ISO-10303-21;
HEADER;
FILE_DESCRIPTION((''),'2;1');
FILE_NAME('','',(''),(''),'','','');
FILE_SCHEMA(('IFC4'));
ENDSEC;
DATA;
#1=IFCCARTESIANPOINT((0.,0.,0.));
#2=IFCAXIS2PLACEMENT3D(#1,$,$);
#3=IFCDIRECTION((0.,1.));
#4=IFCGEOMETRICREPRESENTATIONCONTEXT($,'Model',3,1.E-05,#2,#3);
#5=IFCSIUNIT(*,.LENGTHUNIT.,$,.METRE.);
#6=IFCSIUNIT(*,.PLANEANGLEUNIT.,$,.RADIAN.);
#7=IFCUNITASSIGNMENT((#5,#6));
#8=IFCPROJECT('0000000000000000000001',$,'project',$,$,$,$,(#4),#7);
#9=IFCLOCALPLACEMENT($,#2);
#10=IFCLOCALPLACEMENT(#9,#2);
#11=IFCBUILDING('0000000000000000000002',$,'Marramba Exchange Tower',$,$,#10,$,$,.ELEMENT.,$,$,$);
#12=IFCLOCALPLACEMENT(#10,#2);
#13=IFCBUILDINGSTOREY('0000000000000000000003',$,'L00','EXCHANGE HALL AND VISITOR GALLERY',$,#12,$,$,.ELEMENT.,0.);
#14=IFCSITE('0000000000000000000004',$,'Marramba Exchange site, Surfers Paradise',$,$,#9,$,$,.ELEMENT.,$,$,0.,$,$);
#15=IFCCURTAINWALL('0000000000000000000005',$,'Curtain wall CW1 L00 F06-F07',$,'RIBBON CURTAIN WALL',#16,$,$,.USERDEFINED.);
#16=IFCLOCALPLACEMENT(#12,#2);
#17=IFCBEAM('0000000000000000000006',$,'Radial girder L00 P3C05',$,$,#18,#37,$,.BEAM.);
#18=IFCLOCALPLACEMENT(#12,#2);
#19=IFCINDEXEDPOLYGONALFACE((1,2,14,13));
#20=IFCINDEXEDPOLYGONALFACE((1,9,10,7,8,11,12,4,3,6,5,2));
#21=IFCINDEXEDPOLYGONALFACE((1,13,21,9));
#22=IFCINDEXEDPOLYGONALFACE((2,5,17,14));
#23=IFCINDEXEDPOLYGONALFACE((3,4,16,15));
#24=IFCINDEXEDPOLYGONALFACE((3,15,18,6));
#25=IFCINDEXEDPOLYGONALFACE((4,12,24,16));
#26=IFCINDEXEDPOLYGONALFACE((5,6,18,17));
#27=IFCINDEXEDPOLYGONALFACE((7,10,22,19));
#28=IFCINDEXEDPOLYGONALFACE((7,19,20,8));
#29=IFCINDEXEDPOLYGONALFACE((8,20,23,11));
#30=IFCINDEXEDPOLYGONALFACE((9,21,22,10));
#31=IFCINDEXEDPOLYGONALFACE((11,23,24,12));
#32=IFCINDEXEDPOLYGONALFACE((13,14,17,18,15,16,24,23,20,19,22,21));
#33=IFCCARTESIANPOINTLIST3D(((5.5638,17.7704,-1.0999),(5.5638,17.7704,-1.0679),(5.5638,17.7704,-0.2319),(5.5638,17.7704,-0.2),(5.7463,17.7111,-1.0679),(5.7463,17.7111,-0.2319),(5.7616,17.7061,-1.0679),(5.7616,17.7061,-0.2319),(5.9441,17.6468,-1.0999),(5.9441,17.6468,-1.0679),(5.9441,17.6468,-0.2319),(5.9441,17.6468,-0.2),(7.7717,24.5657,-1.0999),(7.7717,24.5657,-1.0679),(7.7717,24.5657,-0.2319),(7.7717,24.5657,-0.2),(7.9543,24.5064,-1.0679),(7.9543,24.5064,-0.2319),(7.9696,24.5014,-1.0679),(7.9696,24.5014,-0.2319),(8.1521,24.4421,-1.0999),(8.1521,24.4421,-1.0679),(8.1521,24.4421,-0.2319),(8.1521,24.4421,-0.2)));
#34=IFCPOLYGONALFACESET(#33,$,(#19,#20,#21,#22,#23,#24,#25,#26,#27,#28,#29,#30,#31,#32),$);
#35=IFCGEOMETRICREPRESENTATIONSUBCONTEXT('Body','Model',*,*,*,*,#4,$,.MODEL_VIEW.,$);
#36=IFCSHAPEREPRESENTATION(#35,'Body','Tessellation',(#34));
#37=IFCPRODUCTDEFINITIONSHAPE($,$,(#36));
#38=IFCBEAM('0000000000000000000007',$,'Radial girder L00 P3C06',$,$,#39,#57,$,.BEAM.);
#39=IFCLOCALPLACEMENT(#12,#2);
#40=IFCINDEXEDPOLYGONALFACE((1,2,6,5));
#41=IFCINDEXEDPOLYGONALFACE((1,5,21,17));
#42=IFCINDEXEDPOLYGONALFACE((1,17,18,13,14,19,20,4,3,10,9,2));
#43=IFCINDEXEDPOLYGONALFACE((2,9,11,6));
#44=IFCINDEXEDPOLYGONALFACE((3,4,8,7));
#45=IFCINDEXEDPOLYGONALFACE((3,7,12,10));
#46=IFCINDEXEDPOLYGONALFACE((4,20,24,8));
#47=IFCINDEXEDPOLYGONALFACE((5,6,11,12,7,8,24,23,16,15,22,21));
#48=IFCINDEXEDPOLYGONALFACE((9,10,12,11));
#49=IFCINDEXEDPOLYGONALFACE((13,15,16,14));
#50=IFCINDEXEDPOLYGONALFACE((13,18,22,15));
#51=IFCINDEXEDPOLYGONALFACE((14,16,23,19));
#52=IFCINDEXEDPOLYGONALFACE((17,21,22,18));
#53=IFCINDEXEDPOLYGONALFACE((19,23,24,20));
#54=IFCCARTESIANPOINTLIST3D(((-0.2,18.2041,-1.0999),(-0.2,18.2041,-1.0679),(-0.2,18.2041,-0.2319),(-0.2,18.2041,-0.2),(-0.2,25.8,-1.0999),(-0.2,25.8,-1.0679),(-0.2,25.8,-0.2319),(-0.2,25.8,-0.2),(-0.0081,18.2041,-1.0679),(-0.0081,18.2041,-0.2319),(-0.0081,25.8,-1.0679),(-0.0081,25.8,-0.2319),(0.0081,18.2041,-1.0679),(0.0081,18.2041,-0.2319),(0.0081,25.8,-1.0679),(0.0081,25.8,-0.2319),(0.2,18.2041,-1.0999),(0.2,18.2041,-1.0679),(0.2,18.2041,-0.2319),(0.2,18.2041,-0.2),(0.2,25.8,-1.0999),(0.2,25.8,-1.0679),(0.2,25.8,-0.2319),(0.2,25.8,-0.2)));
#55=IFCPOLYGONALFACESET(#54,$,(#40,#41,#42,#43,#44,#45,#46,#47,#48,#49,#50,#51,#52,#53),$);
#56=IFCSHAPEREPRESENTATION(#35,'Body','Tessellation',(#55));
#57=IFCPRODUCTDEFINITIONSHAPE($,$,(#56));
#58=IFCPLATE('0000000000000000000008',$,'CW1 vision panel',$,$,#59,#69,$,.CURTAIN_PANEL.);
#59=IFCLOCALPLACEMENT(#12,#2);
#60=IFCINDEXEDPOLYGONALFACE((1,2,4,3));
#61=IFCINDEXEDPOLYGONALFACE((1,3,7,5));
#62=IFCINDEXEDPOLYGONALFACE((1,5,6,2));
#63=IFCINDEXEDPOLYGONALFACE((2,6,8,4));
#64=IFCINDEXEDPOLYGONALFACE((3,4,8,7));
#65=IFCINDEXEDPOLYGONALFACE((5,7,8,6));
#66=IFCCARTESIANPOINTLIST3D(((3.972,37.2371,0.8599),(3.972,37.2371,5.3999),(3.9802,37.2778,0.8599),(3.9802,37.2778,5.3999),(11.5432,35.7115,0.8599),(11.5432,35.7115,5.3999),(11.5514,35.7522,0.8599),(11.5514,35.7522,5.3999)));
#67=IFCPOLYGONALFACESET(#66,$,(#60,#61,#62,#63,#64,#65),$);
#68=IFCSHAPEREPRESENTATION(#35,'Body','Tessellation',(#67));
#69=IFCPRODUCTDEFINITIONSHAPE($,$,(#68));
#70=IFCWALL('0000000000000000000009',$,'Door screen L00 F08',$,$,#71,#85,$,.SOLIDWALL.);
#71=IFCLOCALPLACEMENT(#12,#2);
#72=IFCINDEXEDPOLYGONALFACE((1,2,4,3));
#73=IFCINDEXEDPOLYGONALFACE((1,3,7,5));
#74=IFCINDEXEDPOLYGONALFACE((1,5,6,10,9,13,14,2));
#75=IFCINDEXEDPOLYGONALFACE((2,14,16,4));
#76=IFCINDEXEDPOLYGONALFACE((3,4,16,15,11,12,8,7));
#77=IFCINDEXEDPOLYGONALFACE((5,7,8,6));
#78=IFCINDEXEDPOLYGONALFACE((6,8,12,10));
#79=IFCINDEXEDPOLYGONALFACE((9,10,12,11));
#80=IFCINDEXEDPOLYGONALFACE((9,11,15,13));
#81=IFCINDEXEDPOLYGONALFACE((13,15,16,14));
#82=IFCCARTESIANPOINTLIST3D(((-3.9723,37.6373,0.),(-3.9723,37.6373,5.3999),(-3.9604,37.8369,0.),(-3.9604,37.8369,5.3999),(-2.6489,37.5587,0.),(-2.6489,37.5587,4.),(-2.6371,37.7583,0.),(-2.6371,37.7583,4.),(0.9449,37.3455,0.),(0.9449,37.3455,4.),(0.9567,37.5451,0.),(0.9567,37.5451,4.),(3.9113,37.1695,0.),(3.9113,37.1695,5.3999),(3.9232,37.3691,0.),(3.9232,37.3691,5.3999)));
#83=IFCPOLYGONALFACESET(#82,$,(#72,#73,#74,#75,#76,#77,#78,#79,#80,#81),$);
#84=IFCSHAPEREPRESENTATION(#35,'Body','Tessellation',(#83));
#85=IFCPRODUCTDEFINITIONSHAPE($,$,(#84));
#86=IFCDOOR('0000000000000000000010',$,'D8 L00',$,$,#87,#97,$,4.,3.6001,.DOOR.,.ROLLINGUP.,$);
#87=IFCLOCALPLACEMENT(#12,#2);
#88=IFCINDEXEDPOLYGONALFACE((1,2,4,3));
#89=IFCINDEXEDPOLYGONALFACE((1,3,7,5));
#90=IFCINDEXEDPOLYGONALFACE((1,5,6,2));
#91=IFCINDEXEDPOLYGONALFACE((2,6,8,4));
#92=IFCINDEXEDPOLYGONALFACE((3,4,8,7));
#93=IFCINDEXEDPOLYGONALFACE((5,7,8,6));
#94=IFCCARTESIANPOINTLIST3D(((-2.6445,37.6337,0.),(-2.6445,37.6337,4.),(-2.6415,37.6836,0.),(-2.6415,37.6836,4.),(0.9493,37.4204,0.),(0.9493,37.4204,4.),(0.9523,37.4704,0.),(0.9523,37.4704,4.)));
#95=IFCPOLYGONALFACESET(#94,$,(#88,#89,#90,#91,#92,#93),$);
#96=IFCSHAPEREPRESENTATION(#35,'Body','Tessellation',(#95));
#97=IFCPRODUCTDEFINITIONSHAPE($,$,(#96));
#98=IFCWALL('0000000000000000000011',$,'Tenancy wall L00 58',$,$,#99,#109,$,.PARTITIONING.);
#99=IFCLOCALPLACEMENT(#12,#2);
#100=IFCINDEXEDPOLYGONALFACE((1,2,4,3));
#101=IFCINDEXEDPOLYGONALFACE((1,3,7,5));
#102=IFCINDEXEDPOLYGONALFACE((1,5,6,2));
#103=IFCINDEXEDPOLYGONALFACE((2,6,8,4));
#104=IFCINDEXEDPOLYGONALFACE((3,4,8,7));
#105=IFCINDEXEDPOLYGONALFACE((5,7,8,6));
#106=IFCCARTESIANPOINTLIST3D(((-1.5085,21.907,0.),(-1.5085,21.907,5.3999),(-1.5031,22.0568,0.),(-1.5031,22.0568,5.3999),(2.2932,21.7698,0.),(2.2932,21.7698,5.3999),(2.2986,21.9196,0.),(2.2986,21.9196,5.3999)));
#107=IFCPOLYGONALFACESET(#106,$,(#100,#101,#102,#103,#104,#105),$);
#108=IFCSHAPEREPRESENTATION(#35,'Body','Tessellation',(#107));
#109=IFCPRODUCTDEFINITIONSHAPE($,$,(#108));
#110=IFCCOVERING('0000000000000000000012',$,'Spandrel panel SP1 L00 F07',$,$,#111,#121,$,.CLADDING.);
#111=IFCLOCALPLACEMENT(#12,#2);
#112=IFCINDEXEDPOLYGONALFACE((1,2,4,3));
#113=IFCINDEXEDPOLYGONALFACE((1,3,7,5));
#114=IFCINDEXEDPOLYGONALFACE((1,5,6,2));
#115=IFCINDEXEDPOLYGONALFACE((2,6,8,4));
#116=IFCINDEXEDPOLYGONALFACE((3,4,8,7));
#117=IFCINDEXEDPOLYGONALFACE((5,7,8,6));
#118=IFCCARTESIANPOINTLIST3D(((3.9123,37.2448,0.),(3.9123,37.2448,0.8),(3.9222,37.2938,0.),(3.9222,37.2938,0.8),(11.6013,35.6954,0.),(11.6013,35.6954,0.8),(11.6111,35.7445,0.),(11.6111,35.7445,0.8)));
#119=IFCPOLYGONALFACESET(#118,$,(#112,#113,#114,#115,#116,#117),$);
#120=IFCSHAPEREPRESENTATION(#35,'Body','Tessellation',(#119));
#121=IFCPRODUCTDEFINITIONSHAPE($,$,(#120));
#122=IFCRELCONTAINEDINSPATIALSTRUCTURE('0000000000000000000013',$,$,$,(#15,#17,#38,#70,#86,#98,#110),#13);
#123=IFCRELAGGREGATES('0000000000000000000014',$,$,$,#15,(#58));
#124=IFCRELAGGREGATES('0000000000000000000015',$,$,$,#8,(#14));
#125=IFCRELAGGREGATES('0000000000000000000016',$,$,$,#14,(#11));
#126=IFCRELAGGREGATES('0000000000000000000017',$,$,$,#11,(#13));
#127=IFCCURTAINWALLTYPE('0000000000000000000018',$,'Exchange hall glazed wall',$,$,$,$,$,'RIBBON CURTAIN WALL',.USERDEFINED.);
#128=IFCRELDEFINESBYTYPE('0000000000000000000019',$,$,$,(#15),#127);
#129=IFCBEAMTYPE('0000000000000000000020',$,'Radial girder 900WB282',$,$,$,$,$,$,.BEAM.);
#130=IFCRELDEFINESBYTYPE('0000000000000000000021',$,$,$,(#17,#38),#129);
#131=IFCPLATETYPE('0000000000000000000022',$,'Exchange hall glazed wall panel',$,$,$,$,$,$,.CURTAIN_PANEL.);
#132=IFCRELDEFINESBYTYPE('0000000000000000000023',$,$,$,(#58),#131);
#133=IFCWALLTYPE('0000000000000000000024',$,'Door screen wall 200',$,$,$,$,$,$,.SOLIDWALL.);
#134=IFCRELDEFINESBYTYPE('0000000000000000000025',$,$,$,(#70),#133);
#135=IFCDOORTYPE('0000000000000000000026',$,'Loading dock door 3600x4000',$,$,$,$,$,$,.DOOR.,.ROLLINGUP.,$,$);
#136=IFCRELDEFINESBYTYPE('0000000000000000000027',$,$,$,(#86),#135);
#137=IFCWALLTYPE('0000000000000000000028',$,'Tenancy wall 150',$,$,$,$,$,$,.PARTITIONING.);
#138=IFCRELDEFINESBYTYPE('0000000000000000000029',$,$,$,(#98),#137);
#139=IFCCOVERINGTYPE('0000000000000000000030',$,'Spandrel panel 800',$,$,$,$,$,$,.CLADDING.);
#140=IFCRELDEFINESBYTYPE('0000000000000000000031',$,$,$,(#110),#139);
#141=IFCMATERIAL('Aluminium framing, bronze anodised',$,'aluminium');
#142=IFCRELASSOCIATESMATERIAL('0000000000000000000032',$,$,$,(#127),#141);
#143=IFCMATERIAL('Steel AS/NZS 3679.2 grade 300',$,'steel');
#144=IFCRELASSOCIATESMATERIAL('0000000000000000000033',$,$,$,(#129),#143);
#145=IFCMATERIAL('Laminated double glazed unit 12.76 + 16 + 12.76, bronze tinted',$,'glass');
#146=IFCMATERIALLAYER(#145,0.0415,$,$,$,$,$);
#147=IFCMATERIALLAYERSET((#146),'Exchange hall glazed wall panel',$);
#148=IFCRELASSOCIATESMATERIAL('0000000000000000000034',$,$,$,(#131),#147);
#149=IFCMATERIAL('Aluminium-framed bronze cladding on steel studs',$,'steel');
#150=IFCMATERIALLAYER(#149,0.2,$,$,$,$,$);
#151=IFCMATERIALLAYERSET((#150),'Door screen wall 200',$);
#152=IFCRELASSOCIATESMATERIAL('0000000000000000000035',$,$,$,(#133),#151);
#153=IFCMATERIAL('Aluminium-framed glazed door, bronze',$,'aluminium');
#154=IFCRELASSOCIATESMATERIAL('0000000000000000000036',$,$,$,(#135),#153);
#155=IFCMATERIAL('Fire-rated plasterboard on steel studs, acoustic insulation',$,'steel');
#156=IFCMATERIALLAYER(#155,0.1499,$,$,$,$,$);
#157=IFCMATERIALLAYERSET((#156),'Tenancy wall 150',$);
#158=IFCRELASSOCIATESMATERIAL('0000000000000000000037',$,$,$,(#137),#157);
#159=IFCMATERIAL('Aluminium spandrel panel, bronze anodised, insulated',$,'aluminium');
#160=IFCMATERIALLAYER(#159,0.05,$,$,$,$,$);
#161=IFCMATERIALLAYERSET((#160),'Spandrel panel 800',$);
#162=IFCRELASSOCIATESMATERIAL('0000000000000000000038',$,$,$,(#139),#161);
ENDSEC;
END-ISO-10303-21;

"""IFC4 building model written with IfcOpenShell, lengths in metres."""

from ifc_helpers import new_model, si_unit, direction, frame, frame_2d, origin, origin_2d, place, context, subcontext, project, spatial, rectangle, i_section, extrude, material, layer, layer_set, material_profile, profile_set, type_object, element, fill, aggregate, save


model = new_model("IFC4")

# Units and contexts
model_context = context("Model", 3, precision=1e-05, world=origin(), true_north=direction((0.0, 1.0)))
body_context = subcontext(model_context, "Body", "Model", "MODEL_VIEW")
ifc_project = project(units=[si_unit("LENGTHUNIT", "METRE"), si_unit("PLANEANGLEUNIT", "RADIAN")], contexts=[model_context])

# Site, building, storey
site_placement = place(None, origin())
site = spatial("IfcSite", under=ifc_project, at=site_placement, Name="Marramba Exchange site, Surfers Paradise", CompositionType="ELEMENT", RefElevation=0.0)
building_placement = place(site_placement, origin())
building = spatial("IfcBuilding", under=site, at=building_placement, Name="Marramba Exchange Tower", CompositionType="ELEMENT")
storey_placement = place(building_placement, origin())
storey = spatial("IfcBuildingStorey", under=building, at=storey_placement, Name="L00", Description="EXCHANGE HALL AND VISITOR GALLERY", CompositionType="ELEMENT", Elevation=0.0)

# Curtain wall
ifc_material_1 = material(Name="Aluminium framing, bronze anodised", Category="aluminium")
curtain_wall_type = type_object("IfcCurtainWallType", Name="Exchange hall glazed wall", ElementType="RIBBON CURTAIN WALL", PredefinedType="USERDEFINED", material=ifc_material_1)
curtain_wall_placement = place(storey_placement, origin())
curtain_wall = element("IfcCurtainWall", 1, at=curtain_wall_placement, inside=storey, type_object=curtain_wall_type, Name="Curtain wall CW1 L00 F06-F07", ObjectType="RIBBON CURTAIN WALL", PredefinedType="USERDEFINED")

# Beams
ifc_material_2 = material(Name="Steel AS/NZS 3679.2 grade 300", Category="steel")
ifc_material_profile_1 = material_profile(ifc_material_2, i_section(OverallWidth=0.3999, OverallDepth=0.8999, WebThickness=0.0161, FlangeThickness=0.032, at=origin_2d()), Name="900WB282")
ifc_profile_set_1 = profile_set([ifc_material_profile_1], Name="Steel AS/NZS 3679.2 grade 300")
beam_type_1 = type_object("IfcBeamType", Name="Radial girder 900WB282", PredefinedType="BEAM", material=ifc_profile_set_1)
beam_1_placement = place(storey_placement, frame((7.9619, 24.5039, -0.6499), z_axis=(-0.309023, -0.951055, 0.0), x_axis=(0.951055, -0.309023, 0.0)))
element("IfcBeam", 2, at=beam_1_placement, inside=storey, type_object=beam_type_1, Name="Radial girder L00 P3C05", PredefinedType="BEAM", context=body_context, shape_type="SweptSolid", body=[
    extrude(i_section(OverallWidth=0.3999, OverallDepth=0.8999, WebThickness=0.0161, FlangeThickness=0.032, at=origin_2d()), origin(), (0.0, 0.0, 1.0), 7.145),
])
beam_2_placement = place(storey_placement, frame((0.0, 25.8, -0.6499), z_axis=(0.0, -1.0, 0.0), x_axis=(1.0, 0.0, 0.0)))
element("IfcBeam", 3, at=beam_2_placement, inside=storey, type_object=beam_type_1, Name="Radial girder L00 P3C06", PredefinedType="BEAM", context=body_context, shape_type="SweptSolid", body=[
    extrude(i_section(OverallWidth=0.3999, OverallDepth=0.8999, WebThickness=0.0161, FlangeThickness=0.032, at=origin_2d()), origin(), (0.0, 0.0, 1.0), 7.5959),
])

# Plate
ifc_material_3 = material(Name="Laminated double glazed unit 12.76 + 16 + 12.76, bronze tinted", Category="glass")
ifc_layer_1 = layer(ifc_material_3, 0.0415)
ifc_layer_set_1 = layer_set([ifc_layer_1], Name="Exchange hall glazed wall panel")
plate_type = type_object("IfcPlateType", Name="Exchange hall glazed wall panel", PredefinedType="CURTAIN_PANEL", material=ifc_layer_set_1)
plate_placement = place(storey_placement, frame((7.7617, 36.4946, 0.8599), z_axis=(0.0, 0.0, 1.0), x_axis=(-0.980296, 0.197535, 0.0)))
plate = element("IfcPlate", 4, at=plate_placement, type_object=plate_type, Name="CW1 vision panel", PredefinedType="CURTAIN_PANEL", context=body_context, shape_type="SweptSolid", body=[
    extrude(rectangle(XDim=7.7234, YDim=0.0415, at=origin_2d()), origin(), (0.0, 0.0, 1.0), 4.54),
])
aggregate(curtain_wall, [plate])

# Wall, opening, door
ifc_material_4 = material(Name="Aluminium-framed bronze cladding on steel studs", Category="steel")
ifc_layer_2 = layer(ifc_material_4, 0.2)
ifc_layer_set_2 = layer_set([ifc_layer_2], Name="Door screen wall 200")
wall_type_1 = type_object("IfcWallType", Name="Door screen wall 200", PredefinedType="SOLIDWALL", material=ifc_layer_set_2)
wall_1_placement = place(storey_placement, frame((3.9172, 37.2693, 0.0), z_axis=(0.0, 0.0, 1.0), x_axis=(-0.998244, 0.059231, 0.0)))
wall_1 = element("IfcWall", 5, at=wall_1_placement, inside=storey, type_object=wall_type_1, Name="Door screen L00 F08", PredefinedType="SOLIDWALL", context=body_context, shape_type="SweptSolid", body=[
    extrude(rectangle(XDim=7.8975, YDim=0.2, at=frame_2d((3.9487, 0.0))), origin(), (0.0, 0.0, 1.0), 5.3999),
])
opening_placement = place(wall_1_placement, frame((2.9717, 0.0, 0.0)))
opening = element("IfcOpeningElement", 6, at=opening_placement, cuts=wall_1, PredefinedType="OPENING", context=body_context, shape_type="SweptSolid", body=[
    extrude(rectangle(XDim=3.6001, YDim=4.0, at=frame_2d((1.8, 2.0))), frame((0.0, 0.1099, 0.0), z_axis=(0.0, -1.0, 0.0), x_axis=(1.0, 0.0, 0.0)), (0.0, 0.0, 1.0), 0.22),
])
ifc_material_5 = material(Name="Aluminium-framed glazed door, bronze", Category="aluminium")
door_type = type_object("IfcDoorType", Name="Loading dock door 3600x4000", OperationType="ROLLINGUP", PredefinedType="DOOR", material=ifc_material_5)
door_placement = place(opening_placement, origin())
door = element("IfcDoor", 7, at=door_placement, inside=storey, type_object=door_type, Name="D8 L00", OperationType="ROLLINGUP", OverallHeight=4.0, OverallWidth=3.6001, PredefinedType="DOOR", context=body_context, shape_type="SweptSolid", body=[
    extrude(rectangle(XDim=3.6001, YDim=4.0, at=frame_2d((1.8, 2.0))), frame((0.0, 0.0249, 0.0), z_axis=(0.0, -1.0, 0.0), x_axis=(1.0, 0.0, 0.0)), (0.0, 0.0, 1.0), 0.05),
])
fill(opening, door)

# Wall
ifc_material_6 = material(Name="Fire-rated plasterboard on steel studs, acoustic insulation", Category="steel")
ifc_layer_3 = layer(ifc_material_6, 0.1499)
ifc_layer_set_3 = layer_set([ifc_layer_3], Name="Tenancy wall 150")
wall_type_2 = type_object("IfcWallType", Name="Tenancy wall 150", PredefinedType="PARTITIONING", material=ifc_layer_set_3)
wall_2_placement = place(storey_placement, frame((2.2959, 21.8447, 0.0), z_axis=(0.0, 0.0, 1.0), x_axis=(-0.999349, 0.036067, 0.0)))
element("IfcWall", 8, at=wall_2_placement, inside=storey, type_object=wall_type_2, Name="Tenancy wall L00 58", PredefinedType="PARTITIONING", context=body_context, shape_type="SweptSolid", body=[
    extrude(rectangle(XDim=3.8042, YDim=0.1499, at=frame_2d((1.9021, 0.0))), origin(), (0.0, 0.0, 1.0), 5.3999),
])

# Covering
ifc_material_7 = material(Name="Aluminium spandrel panel, bronze anodised, insulated", Category="aluminium")
ifc_layer_4 = layer(ifc_material_7, 0.05)
ifc_layer_set_4 = layer_set([ifc_layer_4], Name="Spandrel panel 800")
covering_type = type_object("IfcCoveringType", Name="Spandrel panel 800", PredefinedType="CLADDING", material=ifc_layer_set_4)
covering_placement = place(storey_placement, frame((7.7617, 36.4946, 0.0), z_axis=(0.0, 0.0, 1.0), x_axis=(-0.980296, 0.197535, 0.0)))
element("IfcCovering", 9, at=covering_placement, inside=storey, type_object=covering_type, Name="Spandrel panel SP1 L00 F07", PredefinedType="CLADDING", context=body_context, shape_type="SweptSolid", body=[
    extrude(rectangle(XDim=7.8435, YDim=0.05, at=origin_2d()), origin(), (0.0, 0.0, 1.0), 0.8),
])

save(model, "model.ifc")
